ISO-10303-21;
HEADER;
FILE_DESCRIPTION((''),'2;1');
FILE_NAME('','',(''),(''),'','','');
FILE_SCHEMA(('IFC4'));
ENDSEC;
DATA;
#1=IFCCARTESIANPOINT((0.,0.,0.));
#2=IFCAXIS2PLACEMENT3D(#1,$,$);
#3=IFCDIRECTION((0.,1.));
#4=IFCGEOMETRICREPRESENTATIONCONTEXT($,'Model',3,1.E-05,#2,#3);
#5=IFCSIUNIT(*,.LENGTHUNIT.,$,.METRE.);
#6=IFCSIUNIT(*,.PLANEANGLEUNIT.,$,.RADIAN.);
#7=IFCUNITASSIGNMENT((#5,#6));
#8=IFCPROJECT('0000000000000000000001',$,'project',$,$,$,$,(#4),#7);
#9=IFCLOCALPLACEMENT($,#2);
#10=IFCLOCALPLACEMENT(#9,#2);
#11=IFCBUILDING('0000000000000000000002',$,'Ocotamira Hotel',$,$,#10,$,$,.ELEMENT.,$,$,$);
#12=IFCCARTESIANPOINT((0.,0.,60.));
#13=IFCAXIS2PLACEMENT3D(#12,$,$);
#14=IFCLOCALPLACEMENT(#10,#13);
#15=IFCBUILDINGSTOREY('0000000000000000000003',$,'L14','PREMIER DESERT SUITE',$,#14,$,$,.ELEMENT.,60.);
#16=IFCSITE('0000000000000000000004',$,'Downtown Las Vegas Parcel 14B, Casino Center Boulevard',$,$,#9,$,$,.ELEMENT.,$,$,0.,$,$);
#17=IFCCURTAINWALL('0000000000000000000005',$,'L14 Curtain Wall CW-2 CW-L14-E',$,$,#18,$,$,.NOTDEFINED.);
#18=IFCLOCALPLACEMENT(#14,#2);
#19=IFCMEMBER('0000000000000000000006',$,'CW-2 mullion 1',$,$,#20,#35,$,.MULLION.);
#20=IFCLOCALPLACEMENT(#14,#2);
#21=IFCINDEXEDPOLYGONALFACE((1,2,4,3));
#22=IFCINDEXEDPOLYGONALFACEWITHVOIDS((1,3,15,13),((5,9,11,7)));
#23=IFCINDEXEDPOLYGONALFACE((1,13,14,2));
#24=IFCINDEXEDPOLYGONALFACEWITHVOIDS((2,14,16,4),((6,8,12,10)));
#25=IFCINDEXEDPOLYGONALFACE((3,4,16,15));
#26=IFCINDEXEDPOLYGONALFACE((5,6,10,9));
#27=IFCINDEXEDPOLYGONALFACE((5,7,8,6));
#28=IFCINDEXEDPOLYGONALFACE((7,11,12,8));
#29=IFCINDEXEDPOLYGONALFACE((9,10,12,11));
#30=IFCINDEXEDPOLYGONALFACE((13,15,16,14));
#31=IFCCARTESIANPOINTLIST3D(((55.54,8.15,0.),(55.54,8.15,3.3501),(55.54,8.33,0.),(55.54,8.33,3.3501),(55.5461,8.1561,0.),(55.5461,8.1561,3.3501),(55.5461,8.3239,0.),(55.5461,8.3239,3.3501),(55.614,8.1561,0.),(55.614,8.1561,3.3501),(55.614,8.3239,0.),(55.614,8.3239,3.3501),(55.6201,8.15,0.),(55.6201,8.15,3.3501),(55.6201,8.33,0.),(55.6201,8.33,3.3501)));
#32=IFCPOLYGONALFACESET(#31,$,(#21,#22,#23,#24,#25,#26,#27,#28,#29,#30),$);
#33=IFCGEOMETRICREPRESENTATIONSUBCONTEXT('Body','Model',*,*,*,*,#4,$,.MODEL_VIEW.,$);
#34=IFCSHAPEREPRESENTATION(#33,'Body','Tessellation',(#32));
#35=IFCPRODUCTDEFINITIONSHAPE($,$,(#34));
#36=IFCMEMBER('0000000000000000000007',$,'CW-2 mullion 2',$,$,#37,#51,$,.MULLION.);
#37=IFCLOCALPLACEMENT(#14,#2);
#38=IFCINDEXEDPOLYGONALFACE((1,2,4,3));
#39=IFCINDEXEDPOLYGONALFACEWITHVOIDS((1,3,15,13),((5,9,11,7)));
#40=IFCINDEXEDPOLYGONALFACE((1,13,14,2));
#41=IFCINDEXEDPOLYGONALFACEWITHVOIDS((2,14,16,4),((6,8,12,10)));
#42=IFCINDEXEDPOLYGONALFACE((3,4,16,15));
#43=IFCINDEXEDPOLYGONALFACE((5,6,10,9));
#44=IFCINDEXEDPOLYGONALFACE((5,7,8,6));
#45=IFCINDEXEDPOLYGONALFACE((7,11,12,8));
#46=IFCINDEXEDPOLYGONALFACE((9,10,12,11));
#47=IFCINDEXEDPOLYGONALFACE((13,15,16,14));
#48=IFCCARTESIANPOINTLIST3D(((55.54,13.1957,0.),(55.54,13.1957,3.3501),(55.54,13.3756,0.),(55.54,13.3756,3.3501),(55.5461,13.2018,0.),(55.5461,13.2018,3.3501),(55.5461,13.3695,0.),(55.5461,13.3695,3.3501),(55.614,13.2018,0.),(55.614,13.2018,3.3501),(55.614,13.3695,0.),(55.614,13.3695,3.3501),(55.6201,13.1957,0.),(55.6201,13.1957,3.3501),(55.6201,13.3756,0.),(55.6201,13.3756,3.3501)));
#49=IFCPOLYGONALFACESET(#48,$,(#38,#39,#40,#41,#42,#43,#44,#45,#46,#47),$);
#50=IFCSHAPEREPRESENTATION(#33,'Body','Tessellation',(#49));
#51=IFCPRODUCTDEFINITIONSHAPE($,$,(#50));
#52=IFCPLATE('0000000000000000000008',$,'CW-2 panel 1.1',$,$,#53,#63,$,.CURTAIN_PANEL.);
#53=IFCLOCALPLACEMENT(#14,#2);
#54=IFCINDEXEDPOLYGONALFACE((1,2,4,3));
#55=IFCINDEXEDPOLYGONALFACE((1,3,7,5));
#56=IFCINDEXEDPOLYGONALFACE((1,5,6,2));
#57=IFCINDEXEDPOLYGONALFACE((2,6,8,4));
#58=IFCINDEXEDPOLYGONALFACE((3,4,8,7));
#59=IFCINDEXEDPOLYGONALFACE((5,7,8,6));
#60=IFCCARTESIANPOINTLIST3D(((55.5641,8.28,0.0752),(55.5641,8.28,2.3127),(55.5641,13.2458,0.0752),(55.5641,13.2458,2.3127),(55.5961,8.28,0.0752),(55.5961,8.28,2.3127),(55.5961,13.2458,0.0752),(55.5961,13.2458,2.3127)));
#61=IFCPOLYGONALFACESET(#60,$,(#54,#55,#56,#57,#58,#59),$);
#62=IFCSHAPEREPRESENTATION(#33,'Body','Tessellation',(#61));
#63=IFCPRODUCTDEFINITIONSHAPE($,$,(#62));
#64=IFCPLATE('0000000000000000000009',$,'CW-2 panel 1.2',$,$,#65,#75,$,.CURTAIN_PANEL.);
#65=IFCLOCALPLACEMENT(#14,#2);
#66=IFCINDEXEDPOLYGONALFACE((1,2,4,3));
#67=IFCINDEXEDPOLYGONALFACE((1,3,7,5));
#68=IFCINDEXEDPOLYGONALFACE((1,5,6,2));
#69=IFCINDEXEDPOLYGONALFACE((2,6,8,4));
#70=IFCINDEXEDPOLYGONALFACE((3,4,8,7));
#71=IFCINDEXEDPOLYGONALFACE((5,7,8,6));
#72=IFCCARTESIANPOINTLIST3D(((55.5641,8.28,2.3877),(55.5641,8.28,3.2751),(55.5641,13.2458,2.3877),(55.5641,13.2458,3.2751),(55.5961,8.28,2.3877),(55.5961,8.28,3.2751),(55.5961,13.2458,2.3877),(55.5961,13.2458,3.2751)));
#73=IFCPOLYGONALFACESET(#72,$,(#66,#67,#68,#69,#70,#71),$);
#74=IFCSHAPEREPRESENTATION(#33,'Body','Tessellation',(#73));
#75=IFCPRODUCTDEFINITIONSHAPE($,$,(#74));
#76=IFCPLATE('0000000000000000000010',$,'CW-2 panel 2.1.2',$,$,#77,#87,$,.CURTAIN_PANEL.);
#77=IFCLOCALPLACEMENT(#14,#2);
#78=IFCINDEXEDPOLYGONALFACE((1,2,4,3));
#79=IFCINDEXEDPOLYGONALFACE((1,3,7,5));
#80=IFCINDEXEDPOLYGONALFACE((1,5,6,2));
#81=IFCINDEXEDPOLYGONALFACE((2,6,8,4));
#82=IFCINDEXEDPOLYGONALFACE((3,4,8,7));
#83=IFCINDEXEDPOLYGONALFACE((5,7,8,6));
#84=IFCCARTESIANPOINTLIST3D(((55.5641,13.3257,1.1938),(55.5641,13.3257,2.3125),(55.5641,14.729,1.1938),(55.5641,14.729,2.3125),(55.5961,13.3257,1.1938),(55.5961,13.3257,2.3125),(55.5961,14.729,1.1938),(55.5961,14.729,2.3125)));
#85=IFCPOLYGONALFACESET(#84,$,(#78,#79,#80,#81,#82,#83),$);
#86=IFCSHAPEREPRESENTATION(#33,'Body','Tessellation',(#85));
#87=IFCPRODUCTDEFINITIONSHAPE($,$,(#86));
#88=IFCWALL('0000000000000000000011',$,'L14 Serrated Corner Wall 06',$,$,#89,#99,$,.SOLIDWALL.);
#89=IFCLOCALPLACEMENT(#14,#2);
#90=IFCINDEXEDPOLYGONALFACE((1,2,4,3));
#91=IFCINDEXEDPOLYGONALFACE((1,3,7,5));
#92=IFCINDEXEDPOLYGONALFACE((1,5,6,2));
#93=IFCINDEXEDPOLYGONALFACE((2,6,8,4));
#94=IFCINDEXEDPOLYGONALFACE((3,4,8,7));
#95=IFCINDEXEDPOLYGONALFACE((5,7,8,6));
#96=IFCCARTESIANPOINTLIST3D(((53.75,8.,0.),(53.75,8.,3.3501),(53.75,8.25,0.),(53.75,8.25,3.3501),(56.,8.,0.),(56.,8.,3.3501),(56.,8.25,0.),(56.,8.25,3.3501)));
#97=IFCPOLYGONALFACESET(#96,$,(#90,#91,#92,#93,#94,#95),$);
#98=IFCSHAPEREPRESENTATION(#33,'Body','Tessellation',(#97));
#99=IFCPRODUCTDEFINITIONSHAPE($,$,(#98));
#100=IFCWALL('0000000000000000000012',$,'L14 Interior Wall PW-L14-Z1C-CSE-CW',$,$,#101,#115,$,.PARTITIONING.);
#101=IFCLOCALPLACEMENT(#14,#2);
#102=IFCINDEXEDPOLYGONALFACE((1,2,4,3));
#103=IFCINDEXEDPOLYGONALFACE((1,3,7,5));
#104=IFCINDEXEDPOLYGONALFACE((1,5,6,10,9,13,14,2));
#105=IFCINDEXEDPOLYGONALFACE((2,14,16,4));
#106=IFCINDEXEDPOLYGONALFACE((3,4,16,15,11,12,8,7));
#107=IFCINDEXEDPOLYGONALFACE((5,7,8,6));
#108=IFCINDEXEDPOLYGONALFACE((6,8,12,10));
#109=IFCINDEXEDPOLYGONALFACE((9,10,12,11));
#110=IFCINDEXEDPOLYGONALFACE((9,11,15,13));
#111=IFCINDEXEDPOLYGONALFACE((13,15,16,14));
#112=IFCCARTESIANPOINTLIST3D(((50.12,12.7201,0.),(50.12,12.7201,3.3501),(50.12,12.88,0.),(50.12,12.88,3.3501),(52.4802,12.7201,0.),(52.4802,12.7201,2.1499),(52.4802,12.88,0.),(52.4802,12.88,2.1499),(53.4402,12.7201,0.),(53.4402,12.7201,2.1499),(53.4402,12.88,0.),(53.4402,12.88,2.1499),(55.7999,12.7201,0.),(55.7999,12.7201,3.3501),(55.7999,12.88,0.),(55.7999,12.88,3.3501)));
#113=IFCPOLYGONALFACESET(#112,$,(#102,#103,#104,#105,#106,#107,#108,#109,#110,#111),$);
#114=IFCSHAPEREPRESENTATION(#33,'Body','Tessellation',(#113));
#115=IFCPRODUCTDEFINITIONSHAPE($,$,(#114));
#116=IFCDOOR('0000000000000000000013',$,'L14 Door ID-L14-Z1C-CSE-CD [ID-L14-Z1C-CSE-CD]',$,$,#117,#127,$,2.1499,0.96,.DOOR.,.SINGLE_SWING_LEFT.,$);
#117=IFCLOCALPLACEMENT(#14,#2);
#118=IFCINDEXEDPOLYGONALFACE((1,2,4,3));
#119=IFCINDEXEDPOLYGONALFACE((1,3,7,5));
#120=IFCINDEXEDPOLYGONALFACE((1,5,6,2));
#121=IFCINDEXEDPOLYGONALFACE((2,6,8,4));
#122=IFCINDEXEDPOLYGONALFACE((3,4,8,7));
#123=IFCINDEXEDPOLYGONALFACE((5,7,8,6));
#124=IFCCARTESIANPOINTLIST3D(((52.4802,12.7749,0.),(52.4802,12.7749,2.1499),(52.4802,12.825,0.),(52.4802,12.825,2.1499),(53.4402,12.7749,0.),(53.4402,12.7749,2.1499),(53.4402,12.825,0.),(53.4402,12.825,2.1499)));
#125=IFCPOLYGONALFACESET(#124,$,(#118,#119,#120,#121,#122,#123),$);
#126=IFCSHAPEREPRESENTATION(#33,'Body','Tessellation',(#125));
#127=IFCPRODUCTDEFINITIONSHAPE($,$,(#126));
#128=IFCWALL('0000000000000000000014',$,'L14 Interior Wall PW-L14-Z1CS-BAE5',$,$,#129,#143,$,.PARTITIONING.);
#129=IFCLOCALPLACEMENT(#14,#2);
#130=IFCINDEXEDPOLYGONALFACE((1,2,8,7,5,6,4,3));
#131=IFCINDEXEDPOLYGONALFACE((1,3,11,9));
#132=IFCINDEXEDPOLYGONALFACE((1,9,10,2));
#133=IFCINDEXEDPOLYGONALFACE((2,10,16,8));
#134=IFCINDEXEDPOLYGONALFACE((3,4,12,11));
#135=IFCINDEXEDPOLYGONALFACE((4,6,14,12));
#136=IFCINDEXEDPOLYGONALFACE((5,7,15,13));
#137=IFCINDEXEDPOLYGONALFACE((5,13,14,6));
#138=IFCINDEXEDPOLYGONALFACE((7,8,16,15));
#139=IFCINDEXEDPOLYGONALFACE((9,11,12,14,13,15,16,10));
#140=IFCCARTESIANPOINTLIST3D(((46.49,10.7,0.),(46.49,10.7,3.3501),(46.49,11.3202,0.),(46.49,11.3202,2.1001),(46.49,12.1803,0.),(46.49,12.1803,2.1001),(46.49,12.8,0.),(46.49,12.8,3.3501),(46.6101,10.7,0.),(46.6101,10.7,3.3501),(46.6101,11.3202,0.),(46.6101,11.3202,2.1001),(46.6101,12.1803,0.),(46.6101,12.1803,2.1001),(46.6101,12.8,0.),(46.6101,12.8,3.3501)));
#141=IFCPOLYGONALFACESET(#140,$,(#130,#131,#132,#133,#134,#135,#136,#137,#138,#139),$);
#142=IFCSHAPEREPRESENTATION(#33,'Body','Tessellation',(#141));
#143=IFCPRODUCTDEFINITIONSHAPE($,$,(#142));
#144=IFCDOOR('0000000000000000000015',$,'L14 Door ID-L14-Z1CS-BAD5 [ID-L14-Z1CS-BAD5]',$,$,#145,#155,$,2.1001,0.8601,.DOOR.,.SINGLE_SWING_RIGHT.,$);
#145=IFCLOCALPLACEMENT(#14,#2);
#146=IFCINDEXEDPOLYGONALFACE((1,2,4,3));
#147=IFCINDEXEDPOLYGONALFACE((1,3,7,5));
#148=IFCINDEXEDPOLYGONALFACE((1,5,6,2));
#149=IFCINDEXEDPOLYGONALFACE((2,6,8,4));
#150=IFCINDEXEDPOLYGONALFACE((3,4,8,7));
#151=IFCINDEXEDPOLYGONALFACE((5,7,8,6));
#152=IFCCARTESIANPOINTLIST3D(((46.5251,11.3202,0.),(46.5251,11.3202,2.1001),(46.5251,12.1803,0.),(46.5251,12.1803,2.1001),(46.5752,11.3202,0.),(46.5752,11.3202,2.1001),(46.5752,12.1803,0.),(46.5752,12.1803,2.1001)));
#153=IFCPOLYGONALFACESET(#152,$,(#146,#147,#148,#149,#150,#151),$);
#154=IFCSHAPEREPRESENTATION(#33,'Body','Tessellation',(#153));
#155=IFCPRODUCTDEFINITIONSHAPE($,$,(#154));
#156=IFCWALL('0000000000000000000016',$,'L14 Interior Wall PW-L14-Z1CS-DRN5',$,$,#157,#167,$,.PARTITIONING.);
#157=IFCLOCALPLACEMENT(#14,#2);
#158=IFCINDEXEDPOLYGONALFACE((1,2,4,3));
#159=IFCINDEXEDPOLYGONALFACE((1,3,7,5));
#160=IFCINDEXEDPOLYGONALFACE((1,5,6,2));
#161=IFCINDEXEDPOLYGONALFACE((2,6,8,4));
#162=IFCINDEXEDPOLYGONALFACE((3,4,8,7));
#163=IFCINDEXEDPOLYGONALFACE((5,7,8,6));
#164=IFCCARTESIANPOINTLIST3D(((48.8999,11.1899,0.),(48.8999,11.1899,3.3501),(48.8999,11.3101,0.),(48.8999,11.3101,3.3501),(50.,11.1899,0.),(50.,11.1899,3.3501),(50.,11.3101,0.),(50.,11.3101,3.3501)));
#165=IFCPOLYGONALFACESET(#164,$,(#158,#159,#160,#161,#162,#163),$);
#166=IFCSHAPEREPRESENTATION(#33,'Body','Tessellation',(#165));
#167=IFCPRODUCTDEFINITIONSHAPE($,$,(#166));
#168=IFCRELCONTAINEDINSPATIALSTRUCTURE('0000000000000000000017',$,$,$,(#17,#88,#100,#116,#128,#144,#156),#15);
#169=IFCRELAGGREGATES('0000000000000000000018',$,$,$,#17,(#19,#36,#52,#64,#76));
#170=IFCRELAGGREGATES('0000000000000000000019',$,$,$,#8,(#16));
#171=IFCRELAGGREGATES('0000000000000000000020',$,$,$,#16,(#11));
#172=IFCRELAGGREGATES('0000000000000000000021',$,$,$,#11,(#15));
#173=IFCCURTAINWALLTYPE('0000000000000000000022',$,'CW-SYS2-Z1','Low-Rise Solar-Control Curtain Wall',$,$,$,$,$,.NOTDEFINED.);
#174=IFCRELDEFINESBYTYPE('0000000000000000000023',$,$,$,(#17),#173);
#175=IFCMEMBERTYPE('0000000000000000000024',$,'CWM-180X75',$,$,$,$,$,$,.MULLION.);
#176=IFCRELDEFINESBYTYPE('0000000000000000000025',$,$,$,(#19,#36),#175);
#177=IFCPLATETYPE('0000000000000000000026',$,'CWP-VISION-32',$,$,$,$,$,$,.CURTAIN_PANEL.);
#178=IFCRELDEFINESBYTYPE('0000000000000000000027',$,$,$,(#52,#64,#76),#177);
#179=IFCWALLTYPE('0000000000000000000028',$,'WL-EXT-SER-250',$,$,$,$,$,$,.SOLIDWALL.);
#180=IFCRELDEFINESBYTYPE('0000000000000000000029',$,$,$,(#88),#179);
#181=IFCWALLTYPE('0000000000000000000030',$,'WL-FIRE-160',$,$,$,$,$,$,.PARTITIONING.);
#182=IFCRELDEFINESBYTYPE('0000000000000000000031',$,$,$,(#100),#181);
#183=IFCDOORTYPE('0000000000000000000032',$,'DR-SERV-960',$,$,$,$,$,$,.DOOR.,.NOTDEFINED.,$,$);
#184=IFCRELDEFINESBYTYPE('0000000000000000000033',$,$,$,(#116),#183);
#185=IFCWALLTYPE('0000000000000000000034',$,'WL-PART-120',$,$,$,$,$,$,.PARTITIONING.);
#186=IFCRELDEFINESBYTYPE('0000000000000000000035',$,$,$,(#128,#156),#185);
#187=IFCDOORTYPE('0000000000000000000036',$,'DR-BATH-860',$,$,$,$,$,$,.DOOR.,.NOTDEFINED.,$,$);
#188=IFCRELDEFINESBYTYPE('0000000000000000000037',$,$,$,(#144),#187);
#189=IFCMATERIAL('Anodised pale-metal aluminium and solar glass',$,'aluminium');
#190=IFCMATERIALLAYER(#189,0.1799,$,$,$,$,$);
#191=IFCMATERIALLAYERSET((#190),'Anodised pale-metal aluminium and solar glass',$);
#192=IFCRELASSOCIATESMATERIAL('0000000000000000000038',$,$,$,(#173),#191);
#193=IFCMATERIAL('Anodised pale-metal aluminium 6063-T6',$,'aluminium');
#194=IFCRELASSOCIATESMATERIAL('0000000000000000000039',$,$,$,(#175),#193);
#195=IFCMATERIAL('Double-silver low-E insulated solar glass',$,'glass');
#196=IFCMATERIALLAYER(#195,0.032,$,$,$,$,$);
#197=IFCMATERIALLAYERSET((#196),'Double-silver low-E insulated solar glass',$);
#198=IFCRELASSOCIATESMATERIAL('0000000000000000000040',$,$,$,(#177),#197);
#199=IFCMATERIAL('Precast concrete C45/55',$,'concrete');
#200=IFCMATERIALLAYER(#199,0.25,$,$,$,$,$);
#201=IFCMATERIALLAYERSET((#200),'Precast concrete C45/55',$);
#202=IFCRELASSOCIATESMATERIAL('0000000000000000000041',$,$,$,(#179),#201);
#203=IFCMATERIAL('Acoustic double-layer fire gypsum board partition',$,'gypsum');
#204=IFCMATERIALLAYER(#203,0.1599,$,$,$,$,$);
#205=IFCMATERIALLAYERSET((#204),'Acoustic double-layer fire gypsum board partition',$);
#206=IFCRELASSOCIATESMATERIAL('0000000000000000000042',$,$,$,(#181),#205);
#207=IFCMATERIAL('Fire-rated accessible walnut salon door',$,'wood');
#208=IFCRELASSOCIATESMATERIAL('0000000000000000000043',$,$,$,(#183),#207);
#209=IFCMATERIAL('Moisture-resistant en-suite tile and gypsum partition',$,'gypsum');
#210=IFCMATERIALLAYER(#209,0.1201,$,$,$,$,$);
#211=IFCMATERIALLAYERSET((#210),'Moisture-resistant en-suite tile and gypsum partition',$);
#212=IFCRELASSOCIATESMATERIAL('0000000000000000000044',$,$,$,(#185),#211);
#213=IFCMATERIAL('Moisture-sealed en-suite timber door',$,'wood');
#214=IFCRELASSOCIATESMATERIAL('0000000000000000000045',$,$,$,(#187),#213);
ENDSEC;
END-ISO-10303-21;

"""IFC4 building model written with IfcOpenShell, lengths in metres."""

from ifc_helpers import new_model, si_unit, direction, frame, frame_2d, origin, origin_2d, place, context, subcontext, project, spatial, rectangle, hollow_rectangle, extrude, source, transform, mapped, material, layer, layer_set, material_profile, profile_set, type_object, element, fill, aggregate, save


model = new_model("IFC4")

# Units and contexts
model_context = context("Model", 3, precision=1e-05, world=origin(), true_north=direction((0.0, 1.0)))
body_context = subcontext(model_context, "Body", "Model", "MODEL_VIEW")
ifc_project = project(units=[si_unit("LENGTHUNIT", "METRE"), si_unit("PLANEANGLEUNIT", "RADIAN")], contexts=[model_context])

# Site, building, storey
site_placement = place(None, origin())
site = spatial("IfcSite", under=ifc_project, at=site_placement, Name="Downtown Las Vegas Parcel 14B, Casino Center Boulevard", CompositionType="ELEMENT", RefElevation=0.0)
building_placement = place(site_placement, origin())
building = spatial("IfcBuilding", under=site, at=building_placement, Name="Ocotamira Hotel", CompositionType="ELEMENT")
storey_placement = place(building_placement, frame((0.0, 0.0, 60.0)))
storey = spatial("IfcBuildingStorey", under=building, at=storey_placement, Name="L14", Description="PREMIER DESERT SUITE", CompositionType="ELEMENT", Elevation=60.0)

# Curtain wall, members, plates
ifc_material_1 = material(Name="Anodised pale-metal aluminium and solar glass", Category="aluminium")
ifc_layer_1 = layer(ifc_material_1, 0.1799)
ifc_layer_set_1 = layer_set([ifc_layer_1], Name="Anodised pale-metal aluminium and solar glass")
curtain_wall_type = type_object("IfcCurtainWallType", Name="CW-SYS2-Z1", Description="Low-Rise Solar-Control Curtain Wall", PredefinedType="NOTDEFINED", material=ifc_layer_set_1)
curtain_wall_placement = place(storey_placement, origin())
curtain_wall = element("IfcCurtainWall", 1, at=curtain_wall_placement, inside=storey, type_object=curtain_wall_type, Name="L14 Curtain Wall CW-2 CW-L14-E", PredefinedType="NOTDEFINED")
ifc_material_2 = material(Name="Anodised pale-metal aluminium 6063-T6", Category="aluminium")
ifc_material_profile_1 = material_profile(ifc_material_2, hollow_rectangle(XDim=0.0801, YDim=0.1799, WallThickness=0.0061, at=origin_2d()), Name="HSS180X80X6")
ifc_profile_set_1 = profile_set([ifc_material_profile_1], Name="Anodised pale-metal aluminium 6063-T6")
member_type_1 = type_object("IfcMemberType", Name="CWM-180X75", PredefinedType="MULLION", material=ifc_profile_set_1)
shared_shape_1 = source(origin(), body_context, "Body", "SweptSolid", [
    extrude(hollow_rectangle(XDim=0.0801, YDim=0.1799, WallThickness=0.0061, at=origin_2d()), origin(), (0.0, 0.0, 1.0), 3.3501),
])
member_1_placement = place(storey_placement, frame((55.5801, 8.24, 0.0), z_axis=(0.0, 0.0, 1.0), x_axis=(-1.0, 0.0, 0.0)))
member_1 = element("IfcMember", 2, at=member_1_placement, type_object=member_type_1, Name="CW-2 mullion 1", PredefinedType="MULLION", context=body_context, shape_type="MappedRepresentation", body=[
    mapped(shared_shape_1, transform((0.0, 0.0, 0.0), scale=1.0)),
])
member_2_placement = place(storey_placement, frame((55.5801, 13.2856, 0.0), z_axis=(0.0, 0.0, 1.0), x_axis=(-1.0, 0.0, 0.0)))
member_2 = element("IfcMember", 3, at=member_2_placement, type_object=member_type_1, Name="CW-2 mullion 2", PredefinedType="MULLION", context=body_context, shape_type="MappedRepresentation", body=[
    mapped(shared_shape_1, transform((0.0, 0.0, 0.0), scale=1.0)),
])
ifc_material_3 = material(Name="Double-silver low-E insulated solar glass", Category="glass")
ifc_layer_2 = layer(ifc_material_3, 0.032)
ifc_layer_set_2 = layer_set([ifc_layer_2], Name="Double-silver low-E insulated solar glass")
plate_type = type_object("IfcPlateType", Name="CWP-VISION-32", PredefinedType="CURTAIN_PANEL", material=ifc_layer_set_2)
shared_shape_2 = source(origin(), body_context, "Body", "SweptSolid", [
    extrude(rectangle(XDim=4.9658, YDim=0.032, at=origin_2d()), origin(), (0.0, 0.0, 1.0), 2.2375),
])
plate_1_placement = place(storey_placement, frame((55.5801, 10.7629, 0.0752), z_axis=(0.0, 0.0, 1.0), x_axis=(0.0, 1.0, 0.0)))
plate_1 = element("IfcPlate", 4, at=plate_1_placement, type_object=plate_type, Name="CW-2 panel 1.1", PredefinedType="CURTAIN_PANEL", context=body_context, shape_type="MappedRepresentation", body=[
    mapped(shared_shape_2, transform((0.0, 0.0, 0.0), scale=1.0)),
])
shared_shape_3 = source(origin(), body_context, "Body", "SweptSolid", [
    extrude(rectangle(XDim=4.9658, YDim=0.032, at=origin_2d()), origin(), (0.0, 0.0, 1.0), 0.8875),
])
plate_2_placement = place(storey_placement, frame((55.5801, 10.7629, 2.3877), z_axis=(0.0, 0.0, 1.0), x_axis=(0.0, 1.0, 0.0)))
plate_2 = element("IfcPlate", 5, at=plate_2_placement, type_object=plate_type, Name="CW-2 panel 1.2", PredefinedType="CURTAIN_PANEL", context=body_context, shape_type="MappedRepresentation", body=[
    mapped(shared_shape_3, transform((0.0, 0.0, 0.0), scale=1.0)),
])
shared_shape_4 = source(origin(), body_context, "Body", "SweptSolid", [
    extrude(rectangle(XDim=1.4033, YDim=0.032, at=origin_2d()), origin(), (0.0, 0.0, 1.0), 1.1187),
])
plate_3_placement = place(storey_placement, frame((55.5801, 14.0273, 1.1938), z_axis=(0.0, 0.0, 1.0), x_axis=(0.0, 1.0, 0.0)))
plate_3 = element("IfcPlate", 6, at=plate_3_placement, type_object=plate_type, Name="CW-2 panel 2.1.2", PredefinedType="CURTAIN_PANEL", context=body_context, shape_type="MappedRepresentation", body=[
    mapped(shared_shape_4, transform((0.0, 0.0, 0.0), scale=1.0)),
])
aggregate(curtain_wall, [member_1, member_2, plate_1, plate_2, plate_3])

# Wall
ifc_material_4 = material(Name="Precast concrete C45/55", Category="concrete")
ifc_layer_3 = layer(ifc_material_4, 0.25)
ifc_layer_set_3 = layer_set([ifc_layer_3], Name="Precast concrete C45/55")
wall_type_1 = type_object("IfcWallType", Name="WL-EXT-SER-250", PredefinedType="SOLIDWALL", material=ifc_layer_set_3)
wall_1_placement = place(storey_placement, frame((53.75, 8.125, 0.0), z_axis=(0.0, 0.0, 1.0), x_axis=(1.0, 0.0, 0.0)))
element("IfcWall", 7, at=wall_1_placement, inside=storey, type_object=wall_type_1, Name="L14 Serrated Corner Wall 06", PredefinedType="SOLIDWALL", context=body_context, shape_type="SweptSolid", body=[
    extrude(rectangle(XDim=2.25, YDim=0.25, at=frame_2d((1.125, 0.0))), origin(), (0.0, 0.0, 1.0), 3.3501),
])

# Walls, openings, doors
ifc_material_5 = material(Name="Acoustic double-layer fire gypsum board partition", Category="gypsum")
ifc_layer_4 = layer(ifc_material_5, 0.1599)
ifc_layer_set_4 = layer_set([ifc_layer_4], Name="Acoustic double-layer fire gypsum board partition")
wall_type_2 = type_object("IfcWallType", Name="WL-FIRE-160", PredefinedType="PARTITIONING", material=ifc_layer_set_4)
wall_2_placement = place(storey_placement, frame((50.1201, 12.8, 0.0), z_axis=(0.0, 0.0, 1.0), x_axis=(1.0, 0.0, 0.0)))
wall_2 = element("IfcWall", 8, at=wall_2_placement, inside=storey, type_object=wall_type_2, Name="L14 Interior Wall PW-L14-Z1C-CSE-CW", PredefinedType="PARTITIONING", context=body_context, shape_type="SweptSolid", body=[
    extrude(rectangle(XDim=5.6799, YDim=0.1599, at=frame_2d((2.8398, 0.0))), origin(), (0.0, 0.0, 1.0), 3.3501),
])
opening_1_placement = place(wall_2_placement, frame((2.3601, 0.0, 0.0)))
opening_1 = element("IfcOpeningElement", 9, at=opening_1_placement, cuts=wall_2, PredefinedType="OPENING", context=body_context, shape_type="SweptSolid", body=[
    extrude(rectangle(XDim=0.96, YDim=2.1499, at=frame_2d((0.48, 1.075))), frame((0.0, 0.0898, 0.0), z_axis=(0.0, -1.0, 0.0), x_axis=(1.0, 0.0, 0.0)), (0.0, 0.0, 1.0), 0.1799),
])
ifc_material_6 = material(Name="Fire-rated accessible walnut salon door", Category="wood")
door_type_1 = type_object("IfcDoorType", Name="DR-SERV-960", OperationType="NOTDEFINED", PredefinedType="DOOR", material=ifc_material_6)
shared_shape_5 = source(origin(), body_context, "Body", "SweptSolid", [
    extrude(rectangle(XDim=0.96, YDim=2.1499, at=frame_2d((0.48, 1.075))), frame((0.0, 0.0249, 0.0), z_axis=(0.0, -1.0, 0.0), x_axis=(1.0, 0.0, 0.0)), (0.0, 0.0, 1.0), 0.05),
])
door_1_placement = place(opening_1_placement, origin())
door_1 = element("IfcDoor", 10, at=door_1_placement, inside=storey, type_object=door_type_1, Name="L14 Door ID-L14-Z1C-CSE-CD [ID-L14-Z1C-CSE-CD]", OperationType="SINGLE_SWING_LEFT", OverallHeight=2.1499, OverallWidth=0.96, PredefinedType="DOOR", context=body_context, shape_type="MappedRepresentation", body=[
    mapped(shared_shape_5, transform((0.0, 0.0, 0.0), scale=1.0)),
])
fill(opening_1, door_1)
ifc_material_7 = material(Name="Moisture-resistant en-suite tile and gypsum partition", Category="gypsum")
ifc_layer_5 = layer(ifc_material_7, 0.1201)
ifc_layer_set_5 = layer_set([ifc_layer_5], Name="Moisture-resistant en-suite tile and gypsum partition")
wall_type_3 = type_object("IfcWallType", Name="WL-PART-120", PredefinedType="PARTITIONING", material=ifc_layer_set_5)
wall_3_placement = place(storey_placement, frame((46.55, 10.7, 0.0), z_axis=(0.0, 0.0, 1.0), x_axis=(0.0, 1.0, 0.0)))
wall_3 = element("IfcWall", 11, at=wall_3_placement, inside=storey, type_object=wall_type_3, Name="L14 Interior Wall PW-L14-Z1CS-BAE5", PredefinedType="PARTITIONING", context=body_context, shape_type="SweptSolid", body=[
    extrude(rectangle(XDim=2.1001, YDim=0.1201, at=frame_2d((1.05, 0.0))), origin(), (0.0, 0.0, 1.0), 3.3501),
])
opening_2_placement = place(wall_3_placement, frame((0.6201, 0.0, 0.0)))
opening_2 = element("IfcOpeningElement", 12, at=opening_2_placement, cuts=wall_3, PredefinedType="OPENING", context=body_context, shape_type="SweptSolid", body=[
    extrude(rectangle(XDim=0.8601, YDim=2.1001, at=frame_2d((0.4302, 1.05))), frame((0.0, 0.0701, 0.0), z_axis=(0.0, -1.0, 0.0), x_axis=(1.0, 0.0, 0.0)), (0.0, 0.0, 1.0), 0.1401),
])
ifc_material_8 = material(Name="Moisture-sealed en-suite timber door", Category="wood")
door_type_2 = type_object("IfcDoorType", Name="DR-BATH-860", OperationType="NOTDEFINED", PredefinedType="DOOR", material=ifc_material_8)
shared_shape_6 = source(origin(), body_context, "Body", "SweptSolid", [
    extrude(rectangle(XDim=0.8601, YDim=2.1001, at=frame_2d((0.4302, 1.05))), frame((0.0, 0.0249, 0.0), z_axis=(0.0, -1.0, 0.0), x_axis=(1.0, 0.0, 0.0)), (0.0, 0.0, 1.0), 0.05),
])
door_2_placement = place(opening_2_placement, origin())
door_2 = element("IfcDoor", 13, at=door_2_placement, inside=storey, type_object=door_type_2, Name="L14 Door ID-L14-Z1CS-BAD5 [ID-L14-Z1CS-BAD5]", OperationType="SINGLE_SWING_RIGHT", OverallHeight=2.1001, OverallWidth=0.8601, PredefinedType="DOOR", context=body_context, shape_type="MappedRepresentation", body=[
    mapped(shared_shape_6, transform((0.0, 0.0, 0.0), scale=1.0)),
])
fill(opening_2, door_2)

# Wall
wall_4_placement = place(storey_placement, frame((48.8999, 11.25, 0.0), z_axis=(0.0, 0.0, 1.0), x_axis=(1.0, 0.0, 0.0)))
element("IfcWall", 14, at=wall_4_placement, inside=storey, type_object=wall_type_3, Name="L14 Interior Wall PW-L14-Z1CS-DRN5", PredefinedType="PARTITIONING", context=body_context, shape_type="SweptSolid", body=[
    extrude(rectangle(XDim=1.1001, YDim=0.1201, at=frame_2d((0.55, 0.0))), origin(), (0.0, 0.0, 1.0), 3.3501),
])

save(model, "model.ifc")
